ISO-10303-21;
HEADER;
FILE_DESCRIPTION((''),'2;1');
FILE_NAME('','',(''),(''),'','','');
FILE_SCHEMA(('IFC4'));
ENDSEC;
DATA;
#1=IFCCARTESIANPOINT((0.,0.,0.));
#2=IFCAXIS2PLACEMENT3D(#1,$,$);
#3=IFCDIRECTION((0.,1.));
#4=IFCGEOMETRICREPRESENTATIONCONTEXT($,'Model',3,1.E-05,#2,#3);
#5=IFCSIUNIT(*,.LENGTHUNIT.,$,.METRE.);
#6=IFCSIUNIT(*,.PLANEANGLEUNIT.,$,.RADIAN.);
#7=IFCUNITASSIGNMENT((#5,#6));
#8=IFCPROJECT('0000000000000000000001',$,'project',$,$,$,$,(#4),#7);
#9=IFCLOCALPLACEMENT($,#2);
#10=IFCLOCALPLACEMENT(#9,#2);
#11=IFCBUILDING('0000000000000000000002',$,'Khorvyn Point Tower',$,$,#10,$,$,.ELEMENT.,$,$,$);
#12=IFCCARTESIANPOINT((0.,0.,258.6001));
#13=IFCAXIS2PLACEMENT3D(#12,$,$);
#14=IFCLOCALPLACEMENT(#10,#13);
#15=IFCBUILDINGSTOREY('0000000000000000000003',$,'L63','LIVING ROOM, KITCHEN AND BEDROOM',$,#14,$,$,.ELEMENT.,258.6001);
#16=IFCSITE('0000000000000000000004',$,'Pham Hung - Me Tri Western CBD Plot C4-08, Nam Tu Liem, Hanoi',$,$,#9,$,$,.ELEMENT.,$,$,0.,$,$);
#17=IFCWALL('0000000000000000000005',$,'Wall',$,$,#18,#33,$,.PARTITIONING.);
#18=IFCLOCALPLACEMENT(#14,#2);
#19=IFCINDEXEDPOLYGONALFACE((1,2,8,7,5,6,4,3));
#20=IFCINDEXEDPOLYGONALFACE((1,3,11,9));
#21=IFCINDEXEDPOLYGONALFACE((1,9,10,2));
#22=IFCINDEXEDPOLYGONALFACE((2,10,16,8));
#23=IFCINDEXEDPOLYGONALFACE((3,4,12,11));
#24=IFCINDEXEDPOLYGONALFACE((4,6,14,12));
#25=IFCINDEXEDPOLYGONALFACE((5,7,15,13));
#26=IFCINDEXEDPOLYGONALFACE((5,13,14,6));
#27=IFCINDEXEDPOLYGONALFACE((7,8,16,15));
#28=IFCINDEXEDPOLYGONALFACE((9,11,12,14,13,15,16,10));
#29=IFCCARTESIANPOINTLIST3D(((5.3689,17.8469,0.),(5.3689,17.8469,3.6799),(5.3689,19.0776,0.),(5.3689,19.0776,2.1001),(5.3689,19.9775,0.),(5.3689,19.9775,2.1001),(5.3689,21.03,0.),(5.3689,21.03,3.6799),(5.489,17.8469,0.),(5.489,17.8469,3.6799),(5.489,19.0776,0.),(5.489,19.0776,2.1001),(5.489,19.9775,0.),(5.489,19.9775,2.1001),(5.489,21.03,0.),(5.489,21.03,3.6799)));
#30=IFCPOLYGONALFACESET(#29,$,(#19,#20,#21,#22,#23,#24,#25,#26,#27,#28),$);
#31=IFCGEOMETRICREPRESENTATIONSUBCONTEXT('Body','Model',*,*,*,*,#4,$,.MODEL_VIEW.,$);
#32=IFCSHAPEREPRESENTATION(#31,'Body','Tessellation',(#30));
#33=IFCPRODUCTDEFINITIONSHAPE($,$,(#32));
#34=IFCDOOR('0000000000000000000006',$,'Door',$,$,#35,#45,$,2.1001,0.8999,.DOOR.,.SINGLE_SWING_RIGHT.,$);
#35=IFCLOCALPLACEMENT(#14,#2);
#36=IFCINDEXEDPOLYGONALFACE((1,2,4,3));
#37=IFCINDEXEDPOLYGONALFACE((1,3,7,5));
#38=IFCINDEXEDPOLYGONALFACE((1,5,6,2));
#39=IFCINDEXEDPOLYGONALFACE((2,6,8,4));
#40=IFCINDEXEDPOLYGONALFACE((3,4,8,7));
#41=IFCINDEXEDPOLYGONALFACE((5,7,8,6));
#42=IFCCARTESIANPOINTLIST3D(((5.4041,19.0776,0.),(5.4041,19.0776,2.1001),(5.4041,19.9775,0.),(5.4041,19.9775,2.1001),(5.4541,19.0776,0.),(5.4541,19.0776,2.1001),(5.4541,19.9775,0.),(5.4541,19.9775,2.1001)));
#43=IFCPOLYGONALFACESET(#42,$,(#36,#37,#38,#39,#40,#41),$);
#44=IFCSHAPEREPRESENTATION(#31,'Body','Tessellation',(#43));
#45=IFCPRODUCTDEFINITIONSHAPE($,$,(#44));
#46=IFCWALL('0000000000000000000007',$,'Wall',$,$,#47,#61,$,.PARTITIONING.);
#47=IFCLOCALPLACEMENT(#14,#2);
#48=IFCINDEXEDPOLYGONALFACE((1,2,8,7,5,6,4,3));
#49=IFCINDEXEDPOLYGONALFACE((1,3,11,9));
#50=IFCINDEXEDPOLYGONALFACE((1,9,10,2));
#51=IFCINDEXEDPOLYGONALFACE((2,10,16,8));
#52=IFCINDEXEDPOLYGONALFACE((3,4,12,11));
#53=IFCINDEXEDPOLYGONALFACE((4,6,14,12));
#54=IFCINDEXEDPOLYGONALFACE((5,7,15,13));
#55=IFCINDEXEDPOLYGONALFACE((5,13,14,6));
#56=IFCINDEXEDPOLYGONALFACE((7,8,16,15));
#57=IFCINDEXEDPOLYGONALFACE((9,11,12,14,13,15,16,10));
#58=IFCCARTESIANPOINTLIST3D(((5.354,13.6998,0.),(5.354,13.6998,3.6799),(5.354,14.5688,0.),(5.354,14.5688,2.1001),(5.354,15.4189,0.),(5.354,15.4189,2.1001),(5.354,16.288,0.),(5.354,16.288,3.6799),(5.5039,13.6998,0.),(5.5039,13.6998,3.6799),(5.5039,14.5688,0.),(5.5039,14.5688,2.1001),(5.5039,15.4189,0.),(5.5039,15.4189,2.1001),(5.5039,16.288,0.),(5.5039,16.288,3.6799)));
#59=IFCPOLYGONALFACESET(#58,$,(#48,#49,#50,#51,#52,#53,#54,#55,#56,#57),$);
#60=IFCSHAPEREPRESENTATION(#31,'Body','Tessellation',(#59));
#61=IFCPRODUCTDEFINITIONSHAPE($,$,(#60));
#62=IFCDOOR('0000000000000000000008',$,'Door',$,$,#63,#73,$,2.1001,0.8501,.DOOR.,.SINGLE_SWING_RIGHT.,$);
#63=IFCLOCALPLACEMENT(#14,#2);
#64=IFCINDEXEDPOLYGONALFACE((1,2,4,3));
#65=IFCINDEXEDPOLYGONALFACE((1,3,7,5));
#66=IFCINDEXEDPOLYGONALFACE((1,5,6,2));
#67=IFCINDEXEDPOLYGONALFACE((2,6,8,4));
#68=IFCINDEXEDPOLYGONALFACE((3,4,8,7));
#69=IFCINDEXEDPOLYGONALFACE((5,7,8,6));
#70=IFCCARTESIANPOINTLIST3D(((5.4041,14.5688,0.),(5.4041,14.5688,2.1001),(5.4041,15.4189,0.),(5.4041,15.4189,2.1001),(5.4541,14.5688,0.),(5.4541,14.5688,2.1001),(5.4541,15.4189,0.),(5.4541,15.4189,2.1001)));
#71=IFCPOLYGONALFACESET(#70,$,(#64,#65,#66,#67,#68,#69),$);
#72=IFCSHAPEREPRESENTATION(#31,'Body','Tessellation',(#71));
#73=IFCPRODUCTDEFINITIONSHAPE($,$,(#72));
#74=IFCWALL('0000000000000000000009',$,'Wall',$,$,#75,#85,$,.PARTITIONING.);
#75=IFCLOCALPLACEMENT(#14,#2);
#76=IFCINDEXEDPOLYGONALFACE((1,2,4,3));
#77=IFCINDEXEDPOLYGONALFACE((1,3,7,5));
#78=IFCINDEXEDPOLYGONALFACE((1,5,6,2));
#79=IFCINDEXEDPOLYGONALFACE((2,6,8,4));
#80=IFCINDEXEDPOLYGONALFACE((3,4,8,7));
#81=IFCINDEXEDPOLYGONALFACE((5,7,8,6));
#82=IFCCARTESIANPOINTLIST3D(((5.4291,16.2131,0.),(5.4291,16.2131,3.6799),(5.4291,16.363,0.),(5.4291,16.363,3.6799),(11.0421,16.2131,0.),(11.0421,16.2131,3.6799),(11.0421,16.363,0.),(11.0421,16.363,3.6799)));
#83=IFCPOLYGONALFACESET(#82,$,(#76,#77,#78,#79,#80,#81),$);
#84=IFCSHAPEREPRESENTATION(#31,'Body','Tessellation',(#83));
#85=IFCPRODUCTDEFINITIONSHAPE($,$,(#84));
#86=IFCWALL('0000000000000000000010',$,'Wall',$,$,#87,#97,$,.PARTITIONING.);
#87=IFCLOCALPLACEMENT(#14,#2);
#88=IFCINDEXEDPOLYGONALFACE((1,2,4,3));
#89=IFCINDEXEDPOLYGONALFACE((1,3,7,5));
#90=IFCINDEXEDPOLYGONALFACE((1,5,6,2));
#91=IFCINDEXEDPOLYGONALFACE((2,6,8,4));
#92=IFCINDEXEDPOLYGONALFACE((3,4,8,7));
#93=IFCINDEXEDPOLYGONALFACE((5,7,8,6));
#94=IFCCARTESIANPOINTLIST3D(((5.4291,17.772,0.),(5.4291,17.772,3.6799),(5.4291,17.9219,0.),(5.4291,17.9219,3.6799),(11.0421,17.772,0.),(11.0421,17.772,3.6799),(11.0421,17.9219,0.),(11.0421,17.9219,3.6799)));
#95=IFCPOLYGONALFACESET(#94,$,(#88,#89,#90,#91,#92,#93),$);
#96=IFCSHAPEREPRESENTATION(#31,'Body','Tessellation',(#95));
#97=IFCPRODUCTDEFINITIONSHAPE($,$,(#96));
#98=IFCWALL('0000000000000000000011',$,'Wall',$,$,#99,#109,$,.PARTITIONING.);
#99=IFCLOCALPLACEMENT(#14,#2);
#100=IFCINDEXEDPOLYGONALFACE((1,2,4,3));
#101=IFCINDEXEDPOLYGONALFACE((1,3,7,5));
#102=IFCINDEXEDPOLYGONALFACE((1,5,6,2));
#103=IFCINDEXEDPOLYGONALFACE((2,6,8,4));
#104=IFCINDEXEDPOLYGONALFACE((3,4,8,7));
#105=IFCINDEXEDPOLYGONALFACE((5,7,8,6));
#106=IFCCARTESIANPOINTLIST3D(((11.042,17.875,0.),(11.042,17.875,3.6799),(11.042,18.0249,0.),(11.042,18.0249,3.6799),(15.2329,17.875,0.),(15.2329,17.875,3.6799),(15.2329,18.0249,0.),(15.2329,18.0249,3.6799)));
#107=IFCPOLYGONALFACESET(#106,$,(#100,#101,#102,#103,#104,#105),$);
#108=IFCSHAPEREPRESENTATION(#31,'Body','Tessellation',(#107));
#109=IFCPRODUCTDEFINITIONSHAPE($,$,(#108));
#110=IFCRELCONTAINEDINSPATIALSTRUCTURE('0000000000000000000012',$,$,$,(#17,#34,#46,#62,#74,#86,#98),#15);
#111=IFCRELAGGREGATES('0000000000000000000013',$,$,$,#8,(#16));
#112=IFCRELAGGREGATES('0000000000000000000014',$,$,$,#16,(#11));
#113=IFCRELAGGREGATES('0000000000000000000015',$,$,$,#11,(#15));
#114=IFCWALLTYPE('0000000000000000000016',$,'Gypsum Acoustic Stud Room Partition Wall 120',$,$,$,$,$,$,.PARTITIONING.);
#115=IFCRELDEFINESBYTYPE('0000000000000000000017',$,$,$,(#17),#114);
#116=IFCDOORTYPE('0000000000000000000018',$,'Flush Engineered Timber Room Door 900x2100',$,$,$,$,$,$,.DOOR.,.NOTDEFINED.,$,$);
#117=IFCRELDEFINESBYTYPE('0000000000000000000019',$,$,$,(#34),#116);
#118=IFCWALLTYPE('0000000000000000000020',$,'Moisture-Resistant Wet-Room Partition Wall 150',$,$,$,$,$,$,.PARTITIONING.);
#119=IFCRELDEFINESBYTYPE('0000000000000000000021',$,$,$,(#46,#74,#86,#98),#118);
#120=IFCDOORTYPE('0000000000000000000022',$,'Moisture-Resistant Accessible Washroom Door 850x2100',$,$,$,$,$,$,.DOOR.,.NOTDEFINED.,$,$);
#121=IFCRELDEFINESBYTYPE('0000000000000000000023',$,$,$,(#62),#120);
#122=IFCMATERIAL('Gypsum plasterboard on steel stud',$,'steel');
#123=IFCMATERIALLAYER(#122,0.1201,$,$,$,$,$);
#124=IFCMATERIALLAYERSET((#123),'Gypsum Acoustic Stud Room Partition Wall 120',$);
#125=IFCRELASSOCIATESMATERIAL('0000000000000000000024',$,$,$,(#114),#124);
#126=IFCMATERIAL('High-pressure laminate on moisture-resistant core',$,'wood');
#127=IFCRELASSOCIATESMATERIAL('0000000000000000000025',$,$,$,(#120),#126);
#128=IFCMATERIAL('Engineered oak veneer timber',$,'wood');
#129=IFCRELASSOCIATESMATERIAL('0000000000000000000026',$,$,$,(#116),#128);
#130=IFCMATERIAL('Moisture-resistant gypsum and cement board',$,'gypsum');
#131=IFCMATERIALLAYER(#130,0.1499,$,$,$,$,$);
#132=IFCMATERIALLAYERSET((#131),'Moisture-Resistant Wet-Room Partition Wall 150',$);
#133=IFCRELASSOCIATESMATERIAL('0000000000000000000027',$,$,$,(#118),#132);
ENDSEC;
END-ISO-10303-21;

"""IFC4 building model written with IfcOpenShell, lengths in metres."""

from ifc_helpers import new_model, si_unit, direction, frame, frame_2d, origin, place, context, subcontext, project, spatial, rectangle, extrude, material, layer, layer_set, type_object, element, fill, save


model = new_model("IFC4")

# Units and contexts
model_context = context("Model", 3, precision=1e-05, world=origin(), true_north=direction((0.0, 1.0)))
body_context = subcontext(model_context, "Body", "Model", "MODEL_VIEW")
ifc_project = project(units=[si_unit("LENGTHUNIT", "METRE"), si_unit("PLANEANGLEUNIT", "RADIAN")], contexts=[model_context])

# Site, building, storey
site_placement = place(None, origin())
site = spatial("IfcSite", under=ifc_project, at=site_placement, Name="Pham Hung - Me Tri Western CBD Plot C4-08, Nam Tu Liem, Hanoi", CompositionType="ELEMENT", RefElevation=0.0)
building_placement = place(site_placement, origin())
building = spatial("IfcBuilding", under=site, at=building_placement, Name="Khorvyn Point Tower", CompositionType="ELEMENT")
storey_placement = place(building_placement, frame((0.0, 0.0, 258.6001)))
storey = spatial("IfcBuildingStorey", under=building, at=storey_placement, Name="L63", Description="LIVING ROOM, KITCHEN AND BEDROOM", CompositionType="ELEMENT", Elevation=258.6001)

# Walls, openings, doors
ifc_material_1 = material(Name="Gypsum plasterboard on steel stud", Category="steel")
ifc_layer_1 = layer(ifc_material_1, 0.1201)
ifc_layer_set_1 = layer_set([ifc_layer_1], Name="Gypsum Acoustic Stud Room Partition Wall 120")
wall_type_1 = type_object("IfcWallType", Name="Gypsum Acoustic Stud Room Partition Wall 120", PredefinedType="PARTITIONING", material=ifc_layer_set_1)
ifc_material_2 = material(Name="High-pressure laminate on moisture-resistant core", Category="wood")
door_type_1 = type_object("IfcDoorType", Name="Moisture-Resistant Accessible Washroom Door 850x2100", OperationType="NOTDEFINED", PredefinedType="DOOR", material=ifc_material_2)
wall_1_placement = place(storey_placement, frame((5.429, 17.8469, 0.0), z_axis=(0.0, 0.0, 1.0), x_axis=(0.0, 1.0, 0.0)))
wall_1 = element("IfcWall", 1, at=wall_1_placement, inside=storey, type_object=wall_type_1, Name="Wall", PredefinedType="PARTITIONING", context=body_context, shape_type="SweptSolid", body=[
    extrude(rectangle(XDim=3.1831, YDim=0.1201, at=frame_2d((1.5916, 0.0))), origin(), (0.0, 0.0, 1.0), 3.6799),
])
opening_1_placement = place(wall_1_placement, frame((1.2307, 0.0, 0.0)))
opening_1 = element("IfcOpeningElement", 2, at=opening_1_placement, cuts=wall_1, PredefinedType="OPENING", context=body_context, shape_type="SweptSolid", body=[
    extrude(rectangle(XDim=0.8999, YDim=2.1001, at=frame_2d((0.45, 1.05))), frame((0.0, 0.0701, 0.0), z_axis=(0.0, -1.0, 0.0), x_axis=(1.0, 0.0, 0.0)), (0.0, 0.0, 1.0), 0.1401),
])
ifc_material_3 = material(Name="Engineered oak veneer timber", Category="wood")
door_type_2 = type_object("IfcDoorType", Name="Flush Engineered Timber Room Door 900x2100", OperationType="NOTDEFINED", PredefinedType="DOOR", material=ifc_material_3)
door_1_placement = place(opening_1_placement, origin())
door_1 = element("IfcDoor", 3, at=door_1_placement, inside=storey, type_object=door_type_2, Name="Door", OperationType="SINGLE_SWING_RIGHT", OverallHeight=2.1001, OverallWidth=0.8999, PredefinedType="DOOR", context=body_context, shape_type="SweptSolid", body=[
    extrude(rectangle(XDim=0.8999, YDim=2.1001, at=frame_2d((0.45, 1.05))), frame((0.0, 0.0249, 0.0), z_axis=(0.0, -1.0, 0.0), x_axis=(1.0, 0.0, 0.0)), (0.0, 0.0, 1.0), 0.05),
])
fill(opening_1, door_1)
ifc_material_4 = material(Name="Moisture-resistant gypsum and cement board", Category="gypsum")
ifc_layer_2 = layer(ifc_material_4, 0.1499)
ifc_layer_set_2 = layer_set([ifc_layer_2], Name="Moisture-Resistant Wet-Room Partition Wall 150")
wall_type_2 = type_object("IfcWallType", Name="Moisture-Resistant Wet-Room Partition Wall 150", PredefinedType="PARTITIONING", material=ifc_layer_set_2)
wall_2_placement = place(storey_placement, frame((5.429, 13.7, 0.0), z_axis=(0.0, 0.0, 1.0), x_axis=(0.0, 1.0, 0.0)))
wall_2 = element("IfcWall", 4, at=wall_2_placement, inside=storey, type_object=wall_type_2, Name="Wall", PredefinedType="PARTITIONING", context=body_context, shape_type="SweptSolid", body=[
    extrude(rectangle(XDim=2.5881, YDim=0.1499, at=frame_2d((1.2939, 0.0))), origin(), (0.0, 0.0, 1.0), 3.6799),
])
opening_2_placement = place(wall_2_placement, frame((0.8689, 0.0, 0.0)))
opening_2 = element("IfcOpeningElement", 5, at=opening_2_placement, cuts=wall_2, PredefinedType="OPENING", context=body_context, shape_type="SweptSolid", body=[
    extrude(rectangle(XDim=0.8501, YDim=2.1001, at=frame_2d((0.425, 1.05))), frame((0.0, 0.085, 0.0), z_axis=(0.0, -1.0, 0.0), x_axis=(1.0, 0.0, 0.0)), (0.0, 0.0, 1.0), 0.1699),
])
door_2_placement = place(opening_2_placement, origin())
door_2 = element("IfcDoor", 6, at=door_2_placement, inside=storey, type_object=door_type_1, Name="Door", OperationType="SINGLE_SWING_RIGHT", OverallHeight=2.1001, OverallWidth=0.8501, PredefinedType="DOOR", context=body_context, shape_type="SweptSolid", body=[
    extrude(rectangle(XDim=0.8501, YDim=2.1001, at=frame_2d((0.425, 1.05))), frame((0.0, 0.0249, 0.0), z_axis=(0.0, -1.0, 0.0), x_axis=(1.0, 0.0, 0.0)), (0.0, 0.0, 1.0), 0.05),
])
fill(opening_2, door_2)

# Walls
for number, where, z_axis, x_axis, name in (
    (7, (5.429, 16.2881, 0.0), (0.0, 0.0, 1.0), (1.0, 0.0, 0.0), "Wall"),
    (8, (5.429, 17.8469, 0.0), (0.0, 0.0, 1.0), (1.0, 0.0, 0.0), "Wall"),
):
    element("IfcWall", number, at=place(storey_placement, frame(where, z_axis=z_axis, x_axis=x_axis)), inside=storey, type_object=wall_type_2, Name=name, PredefinedType="PARTITIONING", context=body_context, shape_type="SweptSolid", body=[
        extrude(rectangle(XDim=5.613, YDim=0.1499, at=frame_2d((2.8066, 0.0))), origin(), (0.0, 0.0, 1.0), 3.6799),
    ])
wall_3_placement = place(storey_placement, frame((11.042, 17.95, 0.0), z_axis=(0.0, 0.0, 1.0), x_axis=(1.0, 0.0, 0.0)))
element("IfcWall", 9, at=wall_3_placement, inside=storey, type_object=wall_type_2, Name="Wall", PredefinedType="PARTITIONING", context=body_context, shape_type="SweptSolid", body=[
    extrude(rectangle(XDim=4.1909, YDim=0.1499, at=frame_2d((2.0955, 0.0))), origin(), (0.0, 0.0, 1.0), 3.6799),
])

save(model, "model.ifc")
